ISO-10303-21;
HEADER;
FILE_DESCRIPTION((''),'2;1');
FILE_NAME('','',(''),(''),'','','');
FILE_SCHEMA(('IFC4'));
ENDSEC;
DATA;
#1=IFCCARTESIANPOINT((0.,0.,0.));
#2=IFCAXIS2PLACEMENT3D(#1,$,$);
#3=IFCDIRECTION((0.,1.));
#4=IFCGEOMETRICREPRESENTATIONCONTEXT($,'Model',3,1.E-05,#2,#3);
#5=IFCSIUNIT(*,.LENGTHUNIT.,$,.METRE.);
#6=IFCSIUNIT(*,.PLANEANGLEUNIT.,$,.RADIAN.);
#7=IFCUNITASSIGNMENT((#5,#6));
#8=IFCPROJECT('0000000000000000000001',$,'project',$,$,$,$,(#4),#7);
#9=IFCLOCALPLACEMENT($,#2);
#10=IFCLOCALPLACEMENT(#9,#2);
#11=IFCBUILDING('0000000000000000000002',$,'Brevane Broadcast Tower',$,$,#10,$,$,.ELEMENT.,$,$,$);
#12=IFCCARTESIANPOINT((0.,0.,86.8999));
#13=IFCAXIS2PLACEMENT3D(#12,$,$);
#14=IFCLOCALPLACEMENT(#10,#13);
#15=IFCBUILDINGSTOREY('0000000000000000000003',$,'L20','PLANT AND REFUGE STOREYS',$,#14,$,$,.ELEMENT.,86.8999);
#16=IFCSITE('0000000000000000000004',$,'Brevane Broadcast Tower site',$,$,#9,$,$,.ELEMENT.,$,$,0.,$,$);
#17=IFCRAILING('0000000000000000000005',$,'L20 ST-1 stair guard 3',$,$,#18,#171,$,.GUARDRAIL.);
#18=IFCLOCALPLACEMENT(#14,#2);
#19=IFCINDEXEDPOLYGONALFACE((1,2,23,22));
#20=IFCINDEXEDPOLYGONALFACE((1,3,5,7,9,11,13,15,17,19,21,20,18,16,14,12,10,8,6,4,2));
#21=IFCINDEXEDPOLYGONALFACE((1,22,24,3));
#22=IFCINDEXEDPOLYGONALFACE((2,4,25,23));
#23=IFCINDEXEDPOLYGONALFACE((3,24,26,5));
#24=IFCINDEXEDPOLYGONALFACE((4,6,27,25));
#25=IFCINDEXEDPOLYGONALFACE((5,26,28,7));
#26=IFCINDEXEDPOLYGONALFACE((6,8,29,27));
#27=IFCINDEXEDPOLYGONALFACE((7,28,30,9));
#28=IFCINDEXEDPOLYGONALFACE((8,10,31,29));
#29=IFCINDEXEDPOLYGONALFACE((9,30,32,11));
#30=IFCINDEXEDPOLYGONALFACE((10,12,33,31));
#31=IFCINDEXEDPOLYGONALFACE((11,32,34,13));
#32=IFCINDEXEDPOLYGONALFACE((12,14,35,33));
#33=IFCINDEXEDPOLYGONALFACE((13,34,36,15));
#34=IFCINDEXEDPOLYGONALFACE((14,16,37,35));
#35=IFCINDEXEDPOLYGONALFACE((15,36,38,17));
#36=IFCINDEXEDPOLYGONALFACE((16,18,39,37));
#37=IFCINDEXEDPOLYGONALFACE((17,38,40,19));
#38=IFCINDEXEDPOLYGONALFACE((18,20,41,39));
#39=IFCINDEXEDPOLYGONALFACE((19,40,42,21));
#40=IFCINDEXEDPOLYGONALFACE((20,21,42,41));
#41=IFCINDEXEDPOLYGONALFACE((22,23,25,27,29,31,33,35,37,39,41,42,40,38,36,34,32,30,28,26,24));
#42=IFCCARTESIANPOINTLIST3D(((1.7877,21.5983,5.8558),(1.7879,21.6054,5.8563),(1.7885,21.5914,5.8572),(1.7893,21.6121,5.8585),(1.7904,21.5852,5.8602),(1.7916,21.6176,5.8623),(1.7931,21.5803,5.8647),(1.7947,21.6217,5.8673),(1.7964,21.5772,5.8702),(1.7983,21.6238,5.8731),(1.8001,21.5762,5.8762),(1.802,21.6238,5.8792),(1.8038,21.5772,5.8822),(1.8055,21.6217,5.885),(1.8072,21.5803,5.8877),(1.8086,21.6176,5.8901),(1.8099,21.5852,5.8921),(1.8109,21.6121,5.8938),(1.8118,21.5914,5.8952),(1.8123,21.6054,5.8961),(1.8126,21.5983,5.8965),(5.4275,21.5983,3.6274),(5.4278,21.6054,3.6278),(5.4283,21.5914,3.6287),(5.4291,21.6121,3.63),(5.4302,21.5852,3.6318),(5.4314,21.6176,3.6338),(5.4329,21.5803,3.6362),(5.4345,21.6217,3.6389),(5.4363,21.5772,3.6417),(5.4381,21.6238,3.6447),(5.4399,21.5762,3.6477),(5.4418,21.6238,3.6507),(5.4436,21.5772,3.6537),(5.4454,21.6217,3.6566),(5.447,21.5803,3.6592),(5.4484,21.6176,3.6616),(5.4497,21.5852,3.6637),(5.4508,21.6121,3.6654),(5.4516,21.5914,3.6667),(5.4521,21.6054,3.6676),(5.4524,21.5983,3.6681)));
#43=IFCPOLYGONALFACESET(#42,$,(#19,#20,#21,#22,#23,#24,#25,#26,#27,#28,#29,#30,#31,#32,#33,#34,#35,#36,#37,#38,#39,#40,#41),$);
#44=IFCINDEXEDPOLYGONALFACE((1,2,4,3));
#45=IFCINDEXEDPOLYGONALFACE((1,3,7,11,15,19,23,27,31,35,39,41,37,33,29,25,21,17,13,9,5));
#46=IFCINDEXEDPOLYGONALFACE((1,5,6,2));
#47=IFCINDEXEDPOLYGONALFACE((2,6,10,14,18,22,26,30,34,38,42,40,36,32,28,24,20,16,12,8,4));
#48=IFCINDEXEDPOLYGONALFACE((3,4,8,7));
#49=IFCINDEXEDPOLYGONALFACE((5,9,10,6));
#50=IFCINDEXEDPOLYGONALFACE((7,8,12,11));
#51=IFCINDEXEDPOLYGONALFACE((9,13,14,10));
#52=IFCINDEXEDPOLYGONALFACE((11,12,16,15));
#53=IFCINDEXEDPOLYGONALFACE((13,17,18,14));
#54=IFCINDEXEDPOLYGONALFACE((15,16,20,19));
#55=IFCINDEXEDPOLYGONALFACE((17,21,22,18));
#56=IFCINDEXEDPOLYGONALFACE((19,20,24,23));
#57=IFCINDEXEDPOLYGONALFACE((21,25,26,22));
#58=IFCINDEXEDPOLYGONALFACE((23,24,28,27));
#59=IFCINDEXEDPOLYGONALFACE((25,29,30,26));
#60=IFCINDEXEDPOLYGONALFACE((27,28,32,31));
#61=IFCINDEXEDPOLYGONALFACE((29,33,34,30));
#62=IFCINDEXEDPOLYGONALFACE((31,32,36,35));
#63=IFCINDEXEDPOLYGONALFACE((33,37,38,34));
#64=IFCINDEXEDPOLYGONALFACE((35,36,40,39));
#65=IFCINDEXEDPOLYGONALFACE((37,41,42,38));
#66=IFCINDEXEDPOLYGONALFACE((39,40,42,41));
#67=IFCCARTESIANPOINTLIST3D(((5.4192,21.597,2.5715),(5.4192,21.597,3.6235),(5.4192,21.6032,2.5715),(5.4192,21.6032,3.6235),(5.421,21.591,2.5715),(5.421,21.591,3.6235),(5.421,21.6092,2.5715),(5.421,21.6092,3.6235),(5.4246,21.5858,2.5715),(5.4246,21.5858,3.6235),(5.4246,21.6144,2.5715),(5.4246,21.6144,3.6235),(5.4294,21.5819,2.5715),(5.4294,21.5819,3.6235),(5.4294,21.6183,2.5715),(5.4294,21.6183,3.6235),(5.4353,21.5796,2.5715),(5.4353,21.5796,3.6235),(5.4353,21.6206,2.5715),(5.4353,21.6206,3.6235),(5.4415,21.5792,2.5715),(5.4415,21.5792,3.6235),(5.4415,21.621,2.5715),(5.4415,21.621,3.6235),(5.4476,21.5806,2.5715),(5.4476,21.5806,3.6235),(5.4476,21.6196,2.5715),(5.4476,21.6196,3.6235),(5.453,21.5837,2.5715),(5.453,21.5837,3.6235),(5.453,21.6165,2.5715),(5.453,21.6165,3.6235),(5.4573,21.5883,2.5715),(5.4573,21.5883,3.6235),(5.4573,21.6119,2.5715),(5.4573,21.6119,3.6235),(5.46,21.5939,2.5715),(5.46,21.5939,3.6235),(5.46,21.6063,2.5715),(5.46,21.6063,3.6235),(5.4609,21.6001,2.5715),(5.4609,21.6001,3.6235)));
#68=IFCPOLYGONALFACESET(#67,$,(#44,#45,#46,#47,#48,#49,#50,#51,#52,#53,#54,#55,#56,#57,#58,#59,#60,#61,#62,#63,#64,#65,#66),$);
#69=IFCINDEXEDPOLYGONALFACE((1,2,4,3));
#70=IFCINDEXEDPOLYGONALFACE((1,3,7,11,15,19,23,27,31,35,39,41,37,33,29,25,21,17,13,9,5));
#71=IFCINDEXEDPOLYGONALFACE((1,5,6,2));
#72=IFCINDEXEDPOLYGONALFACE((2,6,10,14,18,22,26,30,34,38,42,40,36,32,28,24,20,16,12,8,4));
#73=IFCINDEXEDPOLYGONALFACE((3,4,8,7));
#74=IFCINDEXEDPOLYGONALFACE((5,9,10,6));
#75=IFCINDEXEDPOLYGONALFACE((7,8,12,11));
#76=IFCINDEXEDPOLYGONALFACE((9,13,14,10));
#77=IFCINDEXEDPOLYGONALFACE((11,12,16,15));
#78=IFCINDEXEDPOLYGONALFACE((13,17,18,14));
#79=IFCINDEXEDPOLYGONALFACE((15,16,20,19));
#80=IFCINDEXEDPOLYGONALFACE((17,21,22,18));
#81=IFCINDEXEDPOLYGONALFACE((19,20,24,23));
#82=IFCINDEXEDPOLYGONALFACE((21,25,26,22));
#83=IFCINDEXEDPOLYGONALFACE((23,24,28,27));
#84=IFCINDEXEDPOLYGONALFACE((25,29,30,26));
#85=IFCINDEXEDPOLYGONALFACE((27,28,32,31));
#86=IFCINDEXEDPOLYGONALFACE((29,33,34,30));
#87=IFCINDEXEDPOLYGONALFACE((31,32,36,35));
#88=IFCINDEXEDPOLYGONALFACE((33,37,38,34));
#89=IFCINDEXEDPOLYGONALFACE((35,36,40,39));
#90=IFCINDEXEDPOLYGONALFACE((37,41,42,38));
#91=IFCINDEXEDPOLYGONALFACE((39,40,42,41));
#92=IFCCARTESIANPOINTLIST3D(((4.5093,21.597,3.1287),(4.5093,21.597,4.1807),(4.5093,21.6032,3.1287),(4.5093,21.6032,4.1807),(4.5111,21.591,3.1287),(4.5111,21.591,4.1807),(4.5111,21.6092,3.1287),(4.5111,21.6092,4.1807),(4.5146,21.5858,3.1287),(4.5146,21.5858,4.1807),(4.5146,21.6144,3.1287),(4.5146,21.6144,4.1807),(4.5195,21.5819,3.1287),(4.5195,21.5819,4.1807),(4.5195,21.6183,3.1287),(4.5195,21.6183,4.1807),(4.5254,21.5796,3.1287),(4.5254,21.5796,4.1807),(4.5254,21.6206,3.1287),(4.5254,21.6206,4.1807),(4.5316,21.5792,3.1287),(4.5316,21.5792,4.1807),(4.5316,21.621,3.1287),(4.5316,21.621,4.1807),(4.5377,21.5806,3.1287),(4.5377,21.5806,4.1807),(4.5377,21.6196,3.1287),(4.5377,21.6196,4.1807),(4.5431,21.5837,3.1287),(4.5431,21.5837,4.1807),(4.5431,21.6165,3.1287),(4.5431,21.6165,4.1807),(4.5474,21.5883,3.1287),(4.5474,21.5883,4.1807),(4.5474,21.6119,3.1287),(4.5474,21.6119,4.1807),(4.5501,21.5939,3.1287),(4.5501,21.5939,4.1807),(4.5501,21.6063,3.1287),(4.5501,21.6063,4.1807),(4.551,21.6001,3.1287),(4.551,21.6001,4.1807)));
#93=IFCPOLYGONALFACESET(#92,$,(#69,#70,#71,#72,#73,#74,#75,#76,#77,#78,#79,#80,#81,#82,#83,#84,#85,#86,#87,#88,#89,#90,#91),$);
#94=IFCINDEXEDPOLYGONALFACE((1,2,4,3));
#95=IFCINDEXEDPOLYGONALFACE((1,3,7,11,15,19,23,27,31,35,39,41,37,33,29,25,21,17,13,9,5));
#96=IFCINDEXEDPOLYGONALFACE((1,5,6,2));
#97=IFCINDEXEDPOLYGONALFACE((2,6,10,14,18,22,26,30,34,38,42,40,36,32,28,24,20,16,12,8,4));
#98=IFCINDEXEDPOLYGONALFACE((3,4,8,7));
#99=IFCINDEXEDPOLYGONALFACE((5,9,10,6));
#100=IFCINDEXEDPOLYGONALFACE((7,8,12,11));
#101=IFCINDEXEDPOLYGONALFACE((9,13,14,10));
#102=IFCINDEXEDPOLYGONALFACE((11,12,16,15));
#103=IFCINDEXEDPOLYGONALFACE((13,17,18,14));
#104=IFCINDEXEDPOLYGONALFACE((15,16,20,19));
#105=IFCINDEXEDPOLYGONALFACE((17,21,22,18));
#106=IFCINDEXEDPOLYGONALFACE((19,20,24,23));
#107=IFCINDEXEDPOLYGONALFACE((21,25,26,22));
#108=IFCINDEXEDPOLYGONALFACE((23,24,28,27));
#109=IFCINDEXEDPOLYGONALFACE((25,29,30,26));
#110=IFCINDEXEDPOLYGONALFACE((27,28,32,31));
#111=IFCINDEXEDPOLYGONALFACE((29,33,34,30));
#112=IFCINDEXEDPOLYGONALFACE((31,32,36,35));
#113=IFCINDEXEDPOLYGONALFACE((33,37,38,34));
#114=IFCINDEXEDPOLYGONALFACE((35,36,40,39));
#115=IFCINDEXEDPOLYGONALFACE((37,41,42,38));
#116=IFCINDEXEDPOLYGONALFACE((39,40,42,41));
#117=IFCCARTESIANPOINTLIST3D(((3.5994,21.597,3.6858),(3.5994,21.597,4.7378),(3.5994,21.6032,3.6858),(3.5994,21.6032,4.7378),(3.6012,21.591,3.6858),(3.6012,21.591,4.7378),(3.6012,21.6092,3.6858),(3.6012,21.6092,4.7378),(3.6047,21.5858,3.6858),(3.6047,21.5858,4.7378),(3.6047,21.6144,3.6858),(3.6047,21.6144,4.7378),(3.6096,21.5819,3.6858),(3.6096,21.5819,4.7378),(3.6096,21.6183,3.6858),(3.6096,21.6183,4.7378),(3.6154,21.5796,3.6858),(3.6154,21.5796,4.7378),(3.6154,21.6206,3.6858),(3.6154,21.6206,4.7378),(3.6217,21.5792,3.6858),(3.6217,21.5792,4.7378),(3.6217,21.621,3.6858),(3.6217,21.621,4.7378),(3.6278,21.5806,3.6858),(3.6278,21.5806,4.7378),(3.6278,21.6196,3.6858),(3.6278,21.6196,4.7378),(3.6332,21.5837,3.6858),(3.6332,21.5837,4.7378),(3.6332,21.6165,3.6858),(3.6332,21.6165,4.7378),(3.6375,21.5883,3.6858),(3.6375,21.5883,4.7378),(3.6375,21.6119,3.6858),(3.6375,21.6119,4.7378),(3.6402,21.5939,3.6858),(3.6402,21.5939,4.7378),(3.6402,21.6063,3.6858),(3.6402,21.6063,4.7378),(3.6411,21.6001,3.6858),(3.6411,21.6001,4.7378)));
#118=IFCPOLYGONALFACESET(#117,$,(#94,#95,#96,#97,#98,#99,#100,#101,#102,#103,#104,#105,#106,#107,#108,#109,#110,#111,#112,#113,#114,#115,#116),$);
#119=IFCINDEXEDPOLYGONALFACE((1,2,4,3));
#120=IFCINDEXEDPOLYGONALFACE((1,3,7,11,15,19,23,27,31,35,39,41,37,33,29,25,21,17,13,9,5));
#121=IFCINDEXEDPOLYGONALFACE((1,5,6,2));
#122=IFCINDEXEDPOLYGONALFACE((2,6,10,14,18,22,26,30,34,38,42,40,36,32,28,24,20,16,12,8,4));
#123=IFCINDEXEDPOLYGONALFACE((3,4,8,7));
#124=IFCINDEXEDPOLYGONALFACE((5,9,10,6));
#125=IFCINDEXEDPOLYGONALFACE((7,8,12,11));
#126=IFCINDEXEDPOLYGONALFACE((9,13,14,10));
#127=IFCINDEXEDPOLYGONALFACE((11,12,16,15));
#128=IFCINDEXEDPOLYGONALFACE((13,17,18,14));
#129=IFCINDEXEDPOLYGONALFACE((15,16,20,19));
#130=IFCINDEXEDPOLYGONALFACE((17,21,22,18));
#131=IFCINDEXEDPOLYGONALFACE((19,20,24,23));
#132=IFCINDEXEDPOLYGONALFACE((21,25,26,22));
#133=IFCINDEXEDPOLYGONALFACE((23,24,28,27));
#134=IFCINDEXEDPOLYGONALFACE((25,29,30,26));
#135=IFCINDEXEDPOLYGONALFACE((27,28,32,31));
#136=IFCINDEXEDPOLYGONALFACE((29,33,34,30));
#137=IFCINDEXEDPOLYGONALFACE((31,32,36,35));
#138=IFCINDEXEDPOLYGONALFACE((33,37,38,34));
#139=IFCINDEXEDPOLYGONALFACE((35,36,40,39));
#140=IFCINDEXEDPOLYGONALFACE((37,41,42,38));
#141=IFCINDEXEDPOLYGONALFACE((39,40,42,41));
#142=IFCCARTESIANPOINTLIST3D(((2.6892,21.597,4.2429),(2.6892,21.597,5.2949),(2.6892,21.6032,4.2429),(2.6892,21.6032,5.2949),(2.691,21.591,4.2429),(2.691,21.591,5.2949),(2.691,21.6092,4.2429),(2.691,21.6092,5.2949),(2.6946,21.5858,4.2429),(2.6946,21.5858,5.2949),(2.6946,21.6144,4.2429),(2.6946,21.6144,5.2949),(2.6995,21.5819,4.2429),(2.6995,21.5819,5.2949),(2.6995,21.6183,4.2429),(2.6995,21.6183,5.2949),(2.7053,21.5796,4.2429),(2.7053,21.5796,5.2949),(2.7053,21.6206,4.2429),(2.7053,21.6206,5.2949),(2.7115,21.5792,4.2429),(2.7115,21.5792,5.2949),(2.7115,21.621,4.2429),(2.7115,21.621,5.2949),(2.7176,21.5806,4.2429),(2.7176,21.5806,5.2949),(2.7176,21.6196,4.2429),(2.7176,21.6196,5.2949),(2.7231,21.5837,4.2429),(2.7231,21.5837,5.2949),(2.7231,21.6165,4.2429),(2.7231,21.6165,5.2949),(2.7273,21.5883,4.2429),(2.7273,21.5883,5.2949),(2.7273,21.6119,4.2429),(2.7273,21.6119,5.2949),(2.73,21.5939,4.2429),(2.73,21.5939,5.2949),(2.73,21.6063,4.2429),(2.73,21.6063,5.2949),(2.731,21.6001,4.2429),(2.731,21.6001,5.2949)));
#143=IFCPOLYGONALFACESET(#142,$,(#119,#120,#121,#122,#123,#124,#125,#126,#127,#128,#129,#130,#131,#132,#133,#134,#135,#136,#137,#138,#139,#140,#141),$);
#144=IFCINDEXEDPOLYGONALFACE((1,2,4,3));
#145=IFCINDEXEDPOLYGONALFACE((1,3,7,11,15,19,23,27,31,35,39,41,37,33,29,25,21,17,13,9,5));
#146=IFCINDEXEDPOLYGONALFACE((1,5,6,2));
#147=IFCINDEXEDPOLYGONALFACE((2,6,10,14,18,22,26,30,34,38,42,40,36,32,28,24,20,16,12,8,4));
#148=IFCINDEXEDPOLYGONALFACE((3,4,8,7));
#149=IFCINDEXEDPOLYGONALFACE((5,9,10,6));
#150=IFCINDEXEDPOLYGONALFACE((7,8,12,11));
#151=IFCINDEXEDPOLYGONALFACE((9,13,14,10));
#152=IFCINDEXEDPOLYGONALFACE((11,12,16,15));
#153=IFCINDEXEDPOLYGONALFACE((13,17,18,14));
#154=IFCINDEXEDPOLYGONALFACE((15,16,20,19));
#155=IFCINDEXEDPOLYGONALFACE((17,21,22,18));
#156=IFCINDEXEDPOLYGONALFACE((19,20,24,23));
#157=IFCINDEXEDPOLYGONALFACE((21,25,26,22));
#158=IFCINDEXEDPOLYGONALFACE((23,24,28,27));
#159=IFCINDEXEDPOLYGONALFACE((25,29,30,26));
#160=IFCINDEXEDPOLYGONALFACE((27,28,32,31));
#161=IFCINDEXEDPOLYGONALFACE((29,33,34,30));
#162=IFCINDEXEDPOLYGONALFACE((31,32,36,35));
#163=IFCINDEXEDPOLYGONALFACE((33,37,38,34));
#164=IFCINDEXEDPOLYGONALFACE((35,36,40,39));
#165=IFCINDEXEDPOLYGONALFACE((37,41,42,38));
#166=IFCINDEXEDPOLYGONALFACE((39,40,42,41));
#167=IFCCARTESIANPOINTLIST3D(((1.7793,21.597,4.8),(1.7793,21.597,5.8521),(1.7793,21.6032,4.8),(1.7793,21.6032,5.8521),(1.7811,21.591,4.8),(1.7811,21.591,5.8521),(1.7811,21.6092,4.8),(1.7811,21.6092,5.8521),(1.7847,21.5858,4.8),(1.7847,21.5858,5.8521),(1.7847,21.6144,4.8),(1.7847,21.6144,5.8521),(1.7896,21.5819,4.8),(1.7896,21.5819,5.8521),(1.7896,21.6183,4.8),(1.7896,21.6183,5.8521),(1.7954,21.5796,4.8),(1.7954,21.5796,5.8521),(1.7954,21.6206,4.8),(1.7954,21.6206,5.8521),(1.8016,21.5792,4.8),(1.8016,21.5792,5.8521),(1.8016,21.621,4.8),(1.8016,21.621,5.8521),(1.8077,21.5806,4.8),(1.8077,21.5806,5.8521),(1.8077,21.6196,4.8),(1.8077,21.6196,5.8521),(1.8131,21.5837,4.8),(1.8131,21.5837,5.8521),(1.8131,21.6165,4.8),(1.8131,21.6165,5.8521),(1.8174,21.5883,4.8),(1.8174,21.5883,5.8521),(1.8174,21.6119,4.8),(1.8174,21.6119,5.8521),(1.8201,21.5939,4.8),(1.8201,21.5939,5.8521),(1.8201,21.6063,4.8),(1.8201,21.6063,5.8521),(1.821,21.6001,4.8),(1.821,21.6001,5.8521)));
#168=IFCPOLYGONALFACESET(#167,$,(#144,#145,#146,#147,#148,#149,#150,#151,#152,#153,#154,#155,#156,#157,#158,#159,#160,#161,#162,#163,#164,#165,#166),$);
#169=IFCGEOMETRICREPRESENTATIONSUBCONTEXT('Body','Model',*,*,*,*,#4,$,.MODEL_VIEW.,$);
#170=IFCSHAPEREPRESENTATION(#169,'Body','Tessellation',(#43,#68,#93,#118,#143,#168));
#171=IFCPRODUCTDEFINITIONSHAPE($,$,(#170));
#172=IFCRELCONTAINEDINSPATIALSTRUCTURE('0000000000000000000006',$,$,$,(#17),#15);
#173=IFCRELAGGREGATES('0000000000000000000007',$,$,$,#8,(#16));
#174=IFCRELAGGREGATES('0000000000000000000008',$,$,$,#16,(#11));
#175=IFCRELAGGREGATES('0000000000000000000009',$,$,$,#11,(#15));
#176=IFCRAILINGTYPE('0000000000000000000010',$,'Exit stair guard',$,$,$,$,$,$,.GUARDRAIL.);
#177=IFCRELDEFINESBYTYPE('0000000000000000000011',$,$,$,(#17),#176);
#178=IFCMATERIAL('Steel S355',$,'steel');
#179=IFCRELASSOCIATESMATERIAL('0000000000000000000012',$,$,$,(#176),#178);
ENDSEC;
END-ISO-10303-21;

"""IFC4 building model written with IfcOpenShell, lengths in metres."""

from ifc_helpers import new_model, si_unit, direction, frame, origin, origin_2d, place, context, subcontext, project, spatial, circle, extrude, material, type_object, element, save


model = new_model("IFC4")

# Units and contexts
model_context = context("Model", 3, precision=1e-05, world=origin(), true_north=direction((0.0, 1.0)))
body_context = subcontext(model_context, "Body", "Model", "MODEL_VIEW")
ifc_project = project(units=[si_unit("LENGTHUNIT", "METRE"), si_unit("PLANEANGLEUNIT", "RADIAN")], contexts=[model_context])

# Site, building, storey
site_placement = place(None, origin())
site = spatial("IfcSite", under=ifc_project, at=site_placement, Name="Brevane Broadcast Tower site", CompositionType="ELEMENT", RefElevation=0.0)
building_placement = place(site_placement, origin())
building = spatial("IfcBuilding", under=site, at=building_placement, Name="Brevane Broadcast Tower", CompositionType="ELEMENT")
storey_placement = place(building_placement, frame((0.0, 0.0, 86.8999)))
storey = spatial("IfcBuildingStorey", under=building, at=storey_placement, Name="L20", Description="PLANT AND REFUGE STOREYS", CompositionType="ELEMENT", Elevation=86.8999)

# Railing
ifc_material_1 = material(Name="Steel S355", Category="steel")
railing_type_1 = type_object("IfcRailingType", Name="Exit stair guard", PredefinedType="GUARDRAIL", material=ifc_material_1)
railing_1_placement = place(storey_placement, frame((5.4399, 21.6001, 2.5715)))
element("IfcRailing", 1, at=railing_1_placement, inside=storey, type_object=railing_type_1, Name="L20 ST-1 stair guard 3", PredefinedType="GUARDRAIL", context=body_context, shape_type="SweptSolid", body=[
    extrude(circle(Radius=0.0239, at=origin_2d()), frame((0.0, 0.0, 1.0762), z_axis=(-0.85285, 0.0, 0.522156), x_axis=(0.0, -1.0, 0.0)), (0.0, 0.0, 1.0), 4.2678),
    extrude(circle(Radius=0.021, at=origin_2d()), origin(), (0.0, 0.0, 1.0), 1.052),
    extrude(circle(Radius=0.021, at=origin_2d()), frame((-0.9099, 0.0, 0.5571)), (0.0, 0.0, 1.0), 1.052),
    extrude(circle(Radius=0.021, at=origin_2d()), frame((-1.8198, 0.0, 1.1143)), (0.0, 0.0, 1.0), 1.052),
    extrude(circle(Radius=0.021, at=origin_2d()), frame((-2.73, 0.0, 1.6714)), (0.0, 0.0, 1.0), 1.052),
    extrude(circle(Radius=0.021, at=origin_2d()), frame((-3.6399, 0.0, 2.2285)), (0.0, 0.0, 1.0), 1.052),
])

save(model, "model.ifc")
